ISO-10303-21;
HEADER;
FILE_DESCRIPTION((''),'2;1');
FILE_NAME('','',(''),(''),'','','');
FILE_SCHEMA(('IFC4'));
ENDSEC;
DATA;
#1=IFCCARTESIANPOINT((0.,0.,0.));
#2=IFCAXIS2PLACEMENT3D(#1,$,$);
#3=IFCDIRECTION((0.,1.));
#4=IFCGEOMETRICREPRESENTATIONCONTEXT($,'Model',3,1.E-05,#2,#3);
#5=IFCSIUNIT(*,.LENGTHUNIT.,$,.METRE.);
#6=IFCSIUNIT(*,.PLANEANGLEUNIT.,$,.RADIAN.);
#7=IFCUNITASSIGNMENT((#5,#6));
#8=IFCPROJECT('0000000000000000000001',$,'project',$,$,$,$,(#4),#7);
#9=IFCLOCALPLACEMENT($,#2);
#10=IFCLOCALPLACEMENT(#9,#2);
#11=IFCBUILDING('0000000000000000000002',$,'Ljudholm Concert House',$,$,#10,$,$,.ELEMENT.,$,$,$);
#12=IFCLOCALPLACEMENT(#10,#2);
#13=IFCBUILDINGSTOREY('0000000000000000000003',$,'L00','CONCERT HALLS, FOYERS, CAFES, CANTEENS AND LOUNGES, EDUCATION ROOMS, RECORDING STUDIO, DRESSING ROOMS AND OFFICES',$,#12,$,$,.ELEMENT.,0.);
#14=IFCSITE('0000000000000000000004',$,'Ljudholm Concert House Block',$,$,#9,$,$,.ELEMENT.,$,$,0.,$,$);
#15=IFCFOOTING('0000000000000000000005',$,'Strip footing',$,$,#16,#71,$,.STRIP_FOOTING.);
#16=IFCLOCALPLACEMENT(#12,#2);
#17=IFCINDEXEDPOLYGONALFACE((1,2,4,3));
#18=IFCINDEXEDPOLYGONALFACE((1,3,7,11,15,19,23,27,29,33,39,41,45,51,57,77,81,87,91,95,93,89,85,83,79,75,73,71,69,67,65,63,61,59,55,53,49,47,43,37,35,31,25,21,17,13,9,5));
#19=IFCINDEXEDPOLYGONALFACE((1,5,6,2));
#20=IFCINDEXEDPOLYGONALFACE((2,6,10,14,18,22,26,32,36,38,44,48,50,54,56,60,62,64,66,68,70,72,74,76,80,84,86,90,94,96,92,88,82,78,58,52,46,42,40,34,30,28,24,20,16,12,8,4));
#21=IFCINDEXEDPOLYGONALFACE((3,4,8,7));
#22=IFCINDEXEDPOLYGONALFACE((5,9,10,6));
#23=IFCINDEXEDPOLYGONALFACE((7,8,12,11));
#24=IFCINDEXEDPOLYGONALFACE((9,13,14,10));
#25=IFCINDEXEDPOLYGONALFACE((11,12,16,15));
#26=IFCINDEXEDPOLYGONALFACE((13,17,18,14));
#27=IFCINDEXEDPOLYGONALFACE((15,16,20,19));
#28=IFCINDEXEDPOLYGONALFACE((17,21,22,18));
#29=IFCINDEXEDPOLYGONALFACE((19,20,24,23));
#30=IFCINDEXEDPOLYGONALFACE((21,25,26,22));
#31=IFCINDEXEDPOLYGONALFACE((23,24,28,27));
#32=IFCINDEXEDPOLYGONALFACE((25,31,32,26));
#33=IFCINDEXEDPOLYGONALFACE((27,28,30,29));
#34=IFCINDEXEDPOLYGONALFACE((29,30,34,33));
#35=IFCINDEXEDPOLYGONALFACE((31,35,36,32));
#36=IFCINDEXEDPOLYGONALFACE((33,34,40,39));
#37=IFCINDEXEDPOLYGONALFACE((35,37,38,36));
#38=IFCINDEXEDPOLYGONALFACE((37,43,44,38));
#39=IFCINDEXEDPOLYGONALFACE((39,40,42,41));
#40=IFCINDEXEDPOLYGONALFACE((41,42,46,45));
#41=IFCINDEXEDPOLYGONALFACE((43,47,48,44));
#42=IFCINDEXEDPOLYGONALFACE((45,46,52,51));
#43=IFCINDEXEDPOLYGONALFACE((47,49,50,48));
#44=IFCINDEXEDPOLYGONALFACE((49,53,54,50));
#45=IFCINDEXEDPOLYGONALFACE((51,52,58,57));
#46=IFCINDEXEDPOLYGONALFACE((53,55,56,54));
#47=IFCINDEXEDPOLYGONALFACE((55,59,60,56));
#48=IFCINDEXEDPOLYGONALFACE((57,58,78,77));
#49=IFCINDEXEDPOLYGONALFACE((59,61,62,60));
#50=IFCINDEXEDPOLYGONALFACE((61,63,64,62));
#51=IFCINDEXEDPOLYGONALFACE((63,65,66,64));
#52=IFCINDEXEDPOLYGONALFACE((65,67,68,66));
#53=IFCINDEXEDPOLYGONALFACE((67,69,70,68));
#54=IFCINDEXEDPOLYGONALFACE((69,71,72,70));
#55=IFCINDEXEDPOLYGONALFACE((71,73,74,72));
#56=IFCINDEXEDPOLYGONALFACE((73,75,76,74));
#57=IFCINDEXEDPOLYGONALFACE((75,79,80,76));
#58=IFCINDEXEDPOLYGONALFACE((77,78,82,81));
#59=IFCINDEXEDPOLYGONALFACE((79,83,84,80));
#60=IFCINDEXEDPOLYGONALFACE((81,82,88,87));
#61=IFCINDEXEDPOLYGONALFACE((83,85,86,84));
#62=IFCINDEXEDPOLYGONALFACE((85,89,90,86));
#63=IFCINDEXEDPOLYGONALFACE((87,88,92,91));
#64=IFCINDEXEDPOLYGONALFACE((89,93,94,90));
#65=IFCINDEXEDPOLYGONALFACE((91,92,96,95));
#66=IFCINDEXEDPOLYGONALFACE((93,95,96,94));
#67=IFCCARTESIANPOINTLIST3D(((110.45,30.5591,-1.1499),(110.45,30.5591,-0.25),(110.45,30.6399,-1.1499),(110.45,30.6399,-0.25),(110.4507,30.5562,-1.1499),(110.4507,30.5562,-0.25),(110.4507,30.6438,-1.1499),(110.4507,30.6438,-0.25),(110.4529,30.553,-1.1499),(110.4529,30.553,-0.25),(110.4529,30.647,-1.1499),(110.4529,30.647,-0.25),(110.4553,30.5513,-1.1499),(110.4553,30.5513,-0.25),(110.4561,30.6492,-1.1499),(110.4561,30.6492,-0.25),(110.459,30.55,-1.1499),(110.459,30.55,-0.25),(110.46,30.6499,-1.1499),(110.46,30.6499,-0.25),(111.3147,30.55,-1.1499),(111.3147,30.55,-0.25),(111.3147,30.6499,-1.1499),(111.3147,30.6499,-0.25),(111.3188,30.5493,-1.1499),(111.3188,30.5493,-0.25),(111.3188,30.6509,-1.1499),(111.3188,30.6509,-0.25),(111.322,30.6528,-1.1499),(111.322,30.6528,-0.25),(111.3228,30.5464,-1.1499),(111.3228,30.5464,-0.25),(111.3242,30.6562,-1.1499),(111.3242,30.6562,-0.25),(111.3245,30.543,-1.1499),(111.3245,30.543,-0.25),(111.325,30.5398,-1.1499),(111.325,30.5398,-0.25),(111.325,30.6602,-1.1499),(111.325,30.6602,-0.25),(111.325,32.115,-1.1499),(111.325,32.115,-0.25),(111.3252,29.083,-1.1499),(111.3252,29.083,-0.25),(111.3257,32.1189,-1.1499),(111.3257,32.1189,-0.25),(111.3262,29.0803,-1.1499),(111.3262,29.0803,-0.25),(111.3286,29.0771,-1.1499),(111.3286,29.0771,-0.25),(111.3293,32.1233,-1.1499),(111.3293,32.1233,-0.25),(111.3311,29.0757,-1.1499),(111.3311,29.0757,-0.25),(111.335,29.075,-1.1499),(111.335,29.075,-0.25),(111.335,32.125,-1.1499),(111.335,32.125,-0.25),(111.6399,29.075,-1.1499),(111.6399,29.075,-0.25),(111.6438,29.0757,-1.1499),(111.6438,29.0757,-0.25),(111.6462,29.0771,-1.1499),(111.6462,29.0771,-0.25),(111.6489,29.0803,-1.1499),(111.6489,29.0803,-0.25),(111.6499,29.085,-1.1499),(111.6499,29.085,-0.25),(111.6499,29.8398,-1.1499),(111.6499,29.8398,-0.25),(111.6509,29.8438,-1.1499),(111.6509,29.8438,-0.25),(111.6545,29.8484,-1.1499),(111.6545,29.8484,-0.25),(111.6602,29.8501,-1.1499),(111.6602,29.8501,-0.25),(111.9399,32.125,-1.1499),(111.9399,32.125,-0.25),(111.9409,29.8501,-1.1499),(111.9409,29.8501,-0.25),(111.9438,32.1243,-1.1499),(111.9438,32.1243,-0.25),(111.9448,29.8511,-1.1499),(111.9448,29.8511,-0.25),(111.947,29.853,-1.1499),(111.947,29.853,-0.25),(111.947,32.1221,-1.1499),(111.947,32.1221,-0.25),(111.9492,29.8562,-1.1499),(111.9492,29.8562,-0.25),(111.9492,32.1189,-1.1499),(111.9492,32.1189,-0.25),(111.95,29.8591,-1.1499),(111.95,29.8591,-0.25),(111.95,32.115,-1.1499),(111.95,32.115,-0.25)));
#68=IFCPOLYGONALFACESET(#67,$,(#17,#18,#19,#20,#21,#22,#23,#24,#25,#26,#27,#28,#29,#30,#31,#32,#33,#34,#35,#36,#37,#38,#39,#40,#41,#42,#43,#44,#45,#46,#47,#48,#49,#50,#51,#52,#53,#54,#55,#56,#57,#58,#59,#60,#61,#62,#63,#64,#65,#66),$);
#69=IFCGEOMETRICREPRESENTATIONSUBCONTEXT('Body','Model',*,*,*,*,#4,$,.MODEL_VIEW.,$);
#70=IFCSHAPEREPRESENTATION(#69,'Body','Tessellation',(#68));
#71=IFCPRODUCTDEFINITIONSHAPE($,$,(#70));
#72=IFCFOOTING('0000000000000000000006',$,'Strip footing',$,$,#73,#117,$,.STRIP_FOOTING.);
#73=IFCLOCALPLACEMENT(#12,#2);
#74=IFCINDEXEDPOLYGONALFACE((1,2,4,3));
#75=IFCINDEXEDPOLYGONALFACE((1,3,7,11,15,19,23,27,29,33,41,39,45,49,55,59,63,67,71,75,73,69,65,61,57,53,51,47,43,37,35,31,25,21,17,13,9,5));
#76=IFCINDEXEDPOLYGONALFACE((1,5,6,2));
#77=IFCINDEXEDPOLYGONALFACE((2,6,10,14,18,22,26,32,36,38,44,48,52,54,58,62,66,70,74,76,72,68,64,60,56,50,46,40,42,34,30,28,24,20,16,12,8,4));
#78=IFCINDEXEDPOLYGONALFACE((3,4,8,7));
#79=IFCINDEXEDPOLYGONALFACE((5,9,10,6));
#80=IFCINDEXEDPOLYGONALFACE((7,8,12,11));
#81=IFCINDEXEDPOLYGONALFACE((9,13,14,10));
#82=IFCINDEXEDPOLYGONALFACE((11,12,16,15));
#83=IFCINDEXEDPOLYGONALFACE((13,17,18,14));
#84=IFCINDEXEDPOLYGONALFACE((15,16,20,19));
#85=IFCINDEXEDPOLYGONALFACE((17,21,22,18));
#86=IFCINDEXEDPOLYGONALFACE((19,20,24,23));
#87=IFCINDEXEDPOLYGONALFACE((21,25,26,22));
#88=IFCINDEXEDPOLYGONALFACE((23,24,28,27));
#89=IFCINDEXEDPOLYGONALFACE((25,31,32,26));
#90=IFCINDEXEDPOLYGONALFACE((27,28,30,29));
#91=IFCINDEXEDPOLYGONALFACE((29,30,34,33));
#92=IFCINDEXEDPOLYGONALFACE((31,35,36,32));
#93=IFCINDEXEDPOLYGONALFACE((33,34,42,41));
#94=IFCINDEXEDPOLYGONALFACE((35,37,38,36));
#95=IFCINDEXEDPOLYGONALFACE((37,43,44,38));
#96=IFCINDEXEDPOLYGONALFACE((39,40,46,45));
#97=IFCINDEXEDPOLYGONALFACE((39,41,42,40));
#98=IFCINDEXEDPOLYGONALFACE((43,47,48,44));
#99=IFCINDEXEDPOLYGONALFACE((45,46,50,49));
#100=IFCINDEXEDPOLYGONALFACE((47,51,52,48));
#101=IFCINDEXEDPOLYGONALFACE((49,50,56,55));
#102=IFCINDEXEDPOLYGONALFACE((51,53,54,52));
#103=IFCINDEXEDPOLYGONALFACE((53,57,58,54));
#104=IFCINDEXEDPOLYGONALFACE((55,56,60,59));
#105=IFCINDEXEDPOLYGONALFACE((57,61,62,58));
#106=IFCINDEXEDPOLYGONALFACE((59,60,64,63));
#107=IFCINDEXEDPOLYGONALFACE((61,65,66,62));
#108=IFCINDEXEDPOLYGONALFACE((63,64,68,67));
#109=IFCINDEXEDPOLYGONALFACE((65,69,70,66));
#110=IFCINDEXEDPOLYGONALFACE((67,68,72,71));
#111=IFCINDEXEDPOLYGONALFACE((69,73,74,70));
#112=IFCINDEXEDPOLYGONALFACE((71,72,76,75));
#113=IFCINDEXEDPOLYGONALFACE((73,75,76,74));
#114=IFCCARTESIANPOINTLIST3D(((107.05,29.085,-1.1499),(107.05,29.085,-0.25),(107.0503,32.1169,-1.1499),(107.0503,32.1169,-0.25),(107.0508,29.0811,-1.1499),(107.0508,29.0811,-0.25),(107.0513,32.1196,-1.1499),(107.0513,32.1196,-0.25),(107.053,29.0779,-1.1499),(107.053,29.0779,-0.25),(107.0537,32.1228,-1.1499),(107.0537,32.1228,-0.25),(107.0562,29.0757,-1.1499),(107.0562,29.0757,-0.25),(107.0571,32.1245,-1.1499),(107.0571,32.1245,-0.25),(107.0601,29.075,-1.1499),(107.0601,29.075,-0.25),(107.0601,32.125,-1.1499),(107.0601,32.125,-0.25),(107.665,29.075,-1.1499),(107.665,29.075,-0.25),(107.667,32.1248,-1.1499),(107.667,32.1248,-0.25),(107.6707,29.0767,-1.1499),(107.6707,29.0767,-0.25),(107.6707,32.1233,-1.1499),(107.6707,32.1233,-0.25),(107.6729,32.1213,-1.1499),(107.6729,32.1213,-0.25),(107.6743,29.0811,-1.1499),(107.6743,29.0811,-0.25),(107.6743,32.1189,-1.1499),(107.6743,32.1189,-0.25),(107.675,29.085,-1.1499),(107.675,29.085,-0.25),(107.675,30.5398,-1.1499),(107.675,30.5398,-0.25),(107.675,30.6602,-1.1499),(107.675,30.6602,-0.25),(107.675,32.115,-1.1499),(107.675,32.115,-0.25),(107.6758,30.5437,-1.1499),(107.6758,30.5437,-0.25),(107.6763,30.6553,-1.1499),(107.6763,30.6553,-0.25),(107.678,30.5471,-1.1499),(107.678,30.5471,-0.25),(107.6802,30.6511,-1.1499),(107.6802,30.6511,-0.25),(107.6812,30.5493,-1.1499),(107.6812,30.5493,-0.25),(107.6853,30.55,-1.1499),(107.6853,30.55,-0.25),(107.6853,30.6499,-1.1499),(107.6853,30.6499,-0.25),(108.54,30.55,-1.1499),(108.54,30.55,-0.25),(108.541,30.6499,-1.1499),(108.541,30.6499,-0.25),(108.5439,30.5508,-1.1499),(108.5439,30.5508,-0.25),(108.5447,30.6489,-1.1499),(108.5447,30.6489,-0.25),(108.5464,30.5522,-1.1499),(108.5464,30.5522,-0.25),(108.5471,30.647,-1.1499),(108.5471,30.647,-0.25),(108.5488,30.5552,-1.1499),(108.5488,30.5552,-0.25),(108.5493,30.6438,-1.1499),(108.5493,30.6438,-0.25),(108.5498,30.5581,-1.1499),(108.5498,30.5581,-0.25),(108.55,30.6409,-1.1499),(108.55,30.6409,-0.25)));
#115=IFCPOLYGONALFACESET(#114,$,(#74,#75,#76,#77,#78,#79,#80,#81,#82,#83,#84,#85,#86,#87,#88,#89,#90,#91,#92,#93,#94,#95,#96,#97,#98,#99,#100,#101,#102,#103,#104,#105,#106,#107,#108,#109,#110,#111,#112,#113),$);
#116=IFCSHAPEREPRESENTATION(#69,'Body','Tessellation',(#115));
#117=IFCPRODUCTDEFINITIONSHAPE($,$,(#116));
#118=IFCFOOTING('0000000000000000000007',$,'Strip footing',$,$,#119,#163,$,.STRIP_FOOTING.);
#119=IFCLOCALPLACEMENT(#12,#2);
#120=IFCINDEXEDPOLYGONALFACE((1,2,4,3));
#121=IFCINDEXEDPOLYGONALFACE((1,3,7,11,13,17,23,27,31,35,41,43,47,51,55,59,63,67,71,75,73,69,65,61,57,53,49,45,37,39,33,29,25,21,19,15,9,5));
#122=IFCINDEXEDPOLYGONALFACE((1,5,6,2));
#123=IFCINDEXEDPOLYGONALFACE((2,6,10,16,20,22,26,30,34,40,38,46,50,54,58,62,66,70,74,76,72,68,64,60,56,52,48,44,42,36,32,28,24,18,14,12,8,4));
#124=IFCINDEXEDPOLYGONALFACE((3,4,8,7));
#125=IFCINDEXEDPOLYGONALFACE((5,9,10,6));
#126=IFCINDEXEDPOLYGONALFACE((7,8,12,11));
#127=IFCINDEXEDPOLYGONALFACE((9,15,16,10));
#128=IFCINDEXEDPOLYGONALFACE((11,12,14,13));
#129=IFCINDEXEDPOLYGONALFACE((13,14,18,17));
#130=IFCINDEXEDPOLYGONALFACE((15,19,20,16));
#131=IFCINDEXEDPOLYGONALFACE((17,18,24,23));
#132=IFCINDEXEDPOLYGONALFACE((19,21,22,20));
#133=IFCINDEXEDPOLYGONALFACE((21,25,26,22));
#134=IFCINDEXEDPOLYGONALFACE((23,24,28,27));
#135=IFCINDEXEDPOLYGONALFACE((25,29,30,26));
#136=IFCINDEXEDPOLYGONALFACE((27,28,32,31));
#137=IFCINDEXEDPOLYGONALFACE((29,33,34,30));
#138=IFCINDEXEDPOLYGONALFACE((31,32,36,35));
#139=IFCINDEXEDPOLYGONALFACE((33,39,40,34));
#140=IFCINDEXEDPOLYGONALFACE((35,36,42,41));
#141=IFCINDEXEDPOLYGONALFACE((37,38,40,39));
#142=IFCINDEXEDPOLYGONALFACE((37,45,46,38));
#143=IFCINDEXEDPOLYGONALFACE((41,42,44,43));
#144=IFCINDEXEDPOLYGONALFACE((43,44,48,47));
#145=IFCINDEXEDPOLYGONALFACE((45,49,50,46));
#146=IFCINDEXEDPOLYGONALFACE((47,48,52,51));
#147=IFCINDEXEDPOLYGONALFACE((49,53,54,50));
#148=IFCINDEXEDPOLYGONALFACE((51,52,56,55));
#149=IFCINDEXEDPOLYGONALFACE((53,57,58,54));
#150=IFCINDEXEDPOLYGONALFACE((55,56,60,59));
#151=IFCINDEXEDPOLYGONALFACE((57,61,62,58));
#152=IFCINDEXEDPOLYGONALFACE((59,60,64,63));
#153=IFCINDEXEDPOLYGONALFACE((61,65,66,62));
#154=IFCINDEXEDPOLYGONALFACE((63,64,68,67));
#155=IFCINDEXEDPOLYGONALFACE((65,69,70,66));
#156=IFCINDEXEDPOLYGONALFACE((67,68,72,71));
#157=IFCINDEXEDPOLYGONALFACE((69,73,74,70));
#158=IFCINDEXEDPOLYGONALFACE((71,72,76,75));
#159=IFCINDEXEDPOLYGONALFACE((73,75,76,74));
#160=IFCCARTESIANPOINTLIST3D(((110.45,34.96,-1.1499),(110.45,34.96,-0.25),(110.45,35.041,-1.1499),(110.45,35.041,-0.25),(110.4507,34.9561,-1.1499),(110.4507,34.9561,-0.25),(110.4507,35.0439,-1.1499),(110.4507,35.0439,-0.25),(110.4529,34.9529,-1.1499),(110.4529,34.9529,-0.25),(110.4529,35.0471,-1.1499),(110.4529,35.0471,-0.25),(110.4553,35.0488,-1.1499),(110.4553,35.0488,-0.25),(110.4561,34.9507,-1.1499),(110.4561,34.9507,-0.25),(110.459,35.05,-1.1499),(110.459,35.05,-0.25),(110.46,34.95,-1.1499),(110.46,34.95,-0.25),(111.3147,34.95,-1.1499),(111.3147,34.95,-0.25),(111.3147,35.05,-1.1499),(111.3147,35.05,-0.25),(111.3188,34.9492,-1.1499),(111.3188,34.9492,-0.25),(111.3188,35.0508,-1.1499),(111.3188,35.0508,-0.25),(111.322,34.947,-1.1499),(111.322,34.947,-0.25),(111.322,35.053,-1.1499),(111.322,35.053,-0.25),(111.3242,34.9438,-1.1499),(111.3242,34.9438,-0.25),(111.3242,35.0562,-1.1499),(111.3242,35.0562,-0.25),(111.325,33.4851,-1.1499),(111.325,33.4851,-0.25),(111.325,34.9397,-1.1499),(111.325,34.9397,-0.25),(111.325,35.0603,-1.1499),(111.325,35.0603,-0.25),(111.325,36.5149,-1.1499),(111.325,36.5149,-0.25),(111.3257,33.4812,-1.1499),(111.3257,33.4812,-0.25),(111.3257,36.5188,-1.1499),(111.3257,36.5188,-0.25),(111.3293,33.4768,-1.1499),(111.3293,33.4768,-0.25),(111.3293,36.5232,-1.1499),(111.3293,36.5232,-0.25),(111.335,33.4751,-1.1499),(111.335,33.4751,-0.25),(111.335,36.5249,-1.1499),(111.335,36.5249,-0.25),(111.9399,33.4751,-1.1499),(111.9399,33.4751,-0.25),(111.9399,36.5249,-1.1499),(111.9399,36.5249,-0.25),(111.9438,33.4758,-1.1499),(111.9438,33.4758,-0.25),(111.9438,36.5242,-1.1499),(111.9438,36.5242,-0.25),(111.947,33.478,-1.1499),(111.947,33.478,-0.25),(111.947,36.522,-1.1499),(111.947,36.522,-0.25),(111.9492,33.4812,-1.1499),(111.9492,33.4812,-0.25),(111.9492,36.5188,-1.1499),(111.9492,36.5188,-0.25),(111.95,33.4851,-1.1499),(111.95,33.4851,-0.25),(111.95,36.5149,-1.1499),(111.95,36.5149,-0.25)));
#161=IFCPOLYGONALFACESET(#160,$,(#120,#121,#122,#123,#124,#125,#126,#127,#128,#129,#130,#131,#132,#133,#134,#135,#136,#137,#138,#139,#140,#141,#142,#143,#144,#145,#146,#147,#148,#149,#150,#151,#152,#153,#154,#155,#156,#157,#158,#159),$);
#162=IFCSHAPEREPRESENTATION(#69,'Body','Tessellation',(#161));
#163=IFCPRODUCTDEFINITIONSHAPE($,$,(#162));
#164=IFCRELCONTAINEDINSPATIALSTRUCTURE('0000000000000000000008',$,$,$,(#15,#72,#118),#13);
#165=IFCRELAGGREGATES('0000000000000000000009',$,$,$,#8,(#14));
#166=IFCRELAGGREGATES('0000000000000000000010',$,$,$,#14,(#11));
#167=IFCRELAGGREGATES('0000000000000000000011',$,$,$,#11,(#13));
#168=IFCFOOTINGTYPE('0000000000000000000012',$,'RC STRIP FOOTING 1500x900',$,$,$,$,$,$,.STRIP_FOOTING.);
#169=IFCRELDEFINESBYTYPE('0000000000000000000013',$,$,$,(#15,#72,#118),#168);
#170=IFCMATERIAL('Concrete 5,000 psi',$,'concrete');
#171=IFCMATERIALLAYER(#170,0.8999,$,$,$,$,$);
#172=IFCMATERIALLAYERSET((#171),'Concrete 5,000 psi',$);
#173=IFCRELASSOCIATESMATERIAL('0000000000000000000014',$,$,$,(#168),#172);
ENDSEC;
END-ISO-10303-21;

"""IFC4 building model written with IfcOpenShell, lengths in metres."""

from ifc_helpers import new_model, si_unit, direction, frame, origin, place, context, subcontext, project, spatial, polyline, outline, extrude, material, layer, layer_set, type_object, element, save


model = new_model("IFC4")

# Units and contexts
model_context = context("Model", 3, precision=1e-05, world=origin(), true_north=direction((0.0, 1.0)))
body_context = subcontext(model_context, "Body", "Model", "MODEL_VIEW")
ifc_project = project(units=[si_unit("LENGTHUNIT", "METRE"), si_unit("PLANEANGLEUNIT", "RADIAN")], contexts=[model_context])

# Site, building, storey
site_placement = place(None, origin())
site = spatial("IfcSite", under=ifc_project, at=site_placement, Name="Ljudholm Concert House Block", CompositionType="ELEMENT", RefElevation=0.0)
building_placement = place(site_placement, origin())
building = spatial("IfcBuilding", under=site, at=building_placement, Name="Ljudholm Concert House", CompositionType="ELEMENT")
storey_placement = place(building_placement, origin())
storey = spatial("IfcBuildingStorey", under=building, at=storey_placement, Name="L00", Description="CONCERT HALLS, FOYERS, CAFES, CANTEENS AND LOUNGES, EDUCATION ROOMS, RECORDING STUDIO, DRESSING ROOMS AND OFFICES", CompositionType="ELEMENT", Elevation=0.0)

# Footings
ifc_material_1 = material(Name="Concrete 5,000 psi", Category="concrete")
ifc_layer_1 = layer(ifc_material_1, 0.8999)
ifc_layer_set_1 = layer_set([ifc_layer_1], Name="Concrete 5,000 psi")
footing_type_1 = type_object("IfcFootingType", Name="RC STRIP FOOTING 1500x900", PredefinedType="STRIP_FOOTING", material=ifc_layer_set_1)
footing_1_placement = place(storey_placement, frame((0.0, 0.0, -1.1499)))
element("IfcFooting", 1, at=footing_1_placement, inside=storey, type_object=footing_type_1, Name="Strip footing", PredefinedType="STRIP_FOOTING", context=body_context, shape_type="SweptSolid", body=[
    extrude(outline(polyline([(110.45, 30.6399), (110.45, 30.5591), (110.4507, 30.5562), (110.4529, 30.553), (110.4553, 30.5513), (110.459, 30.55), (111.3147, 30.55), (111.3188, 30.5493), (111.3228, 30.5464), (111.3245, 30.543), (111.325, 30.5398), (111.3252, 29.083), (111.3262, 29.0803), (111.3286, 29.0771), (111.3311, 29.0757), (111.335, 29.075), (111.6399, 29.075), (111.6438, 29.0757), (111.6462, 29.0771), (111.6489, 29.0803), (111.6499, 29.085), (111.6499, 29.8398), (111.6509, 29.8438), (111.6545, 29.8484), (111.6602, 29.8501), (111.9409, 29.8501), (111.9448, 29.8511), (111.947, 29.853), (111.9492, 29.8562), (111.95, 29.8591), (111.95, 32.115), (111.9492, 32.1189), (111.947, 32.1221), (111.9438, 32.1243), (111.9399, 32.125), (111.335, 32.125), (111.3293, 32.1233), (111.3257, 32.1189), (111.325, 32.115), (111.325, 30.6602), (111.3242, 30.6562), (111.322, 30.6528), (111.3188, 30.6509), (111.3147, 30.6499), (110.46, 30.6499), (110.4561, 30.6492), (110.4529, 30.647), (110.4507, 30.6438), (110.45, 30.6399)])), origin(), (0.0, 0.0, 1.0), 0.8999),
])
footing_2_placement = place(storey_placement, frame((0.0, 0.0, -1.1499)))
element("IfcFooting", 2, at=footing_2_placement, inside=storey, type_object=footing_type_1, Name="Strip footing", PredefinedType="STRIP_FOOTING", context=body_context, shape_type="SweptSolid", body=[
    extrude(outline(polyline([(107.0601, 29.075), (107.665, 29.075), (107.6707, 29.0767), (107.6743, 29.0811), (107.675, 29.085), (107.675, 30.5398), (107.6758, 30.5437), (107.678, 30.5471), (107.6812, 30.5493), (107.6853, 30.55), (108.54, 30.55), (108.5439, 30.5508), (108.5464, 30.5522), (108.5488, 30.5552), (108.5498, 30.5581), (108.55, 30.6409), (108.5493, 30.6438), (108.5471, 30.647), (108.5447, 30.6489), (108.541, 30.6499), (107.6853, 30.6499), (107.6802, 30.6511), (107.6763, 30.6553), (107.675, 30.6602), (107.675, 32.115), (107.6743, 32.1189), (107.6729, 32.1213), (107.6707, 32.1233), (107.667, 32.1248), (107.0601, 32.125), (107.0571, 32.1245), (107.0537, 32.1228), (107.0513, 32.1196), (107.0503, 32.1169), (107.05, 29.085), (107.0508, 29.0811), (107.053, 29.0779), (107.0562, 29.0757), (107.0601, 29.075)])), origin(), (0.0, 0.0, 1.0), 0.8999),
])
footing_3_placement = place(storey_placement, frame((0.0, 0.0, -1.1499)))
element("IfcFooting", 3, at=footing_3_placement, inside=storey, type_object=footing_type_1, Name="Strip footing", PredefinedType="STRIP_FOOTING", context=body_context, shape_type="SweptSolid", body=[
    extrude(outline(polyline([(110.46, 34.95), (111.3147, 34.95), (111.3188, 34.9492), (111.322, 34.947), (111.3242, 34.9438), (111.325, 34.9397), (111.325, 33.4851), (111.3257, 33.4812), (111.3293, 33.4768), (111.335, 33.4751), (111.9399, 33.4751), (111.9438, 33.4758), (111.947, 33.478), (111.9492, 33.4812), (111.95, 33.4851), (111.95, 36.5149), (111.9492, 36.5188), (111.947, 36.522), (111.9438, 36.5242), (111.9399, 36.5249), (111.335, 36.5249), (111.3293, 36.5232), (111.3257, 36.5188), (111.325, 36.5149), (111.325, 35.0603), (111.3242, 35.0562), (111.322, 35.053), (111.3188, 35.0508), (111.3147, 35.05), (110.459, 35.05), (110.4553, 35.0488), (110.4529, 35.0471), (110.4507, 35.0439), (110.45, 35.041), (110.45, 34.96), (110.4507, 34.9561), (110.4529, 34.9529), (110.4561, 34.9507), (110.46, 34.95)])), origin(), (0.0, 0.0, 1.0), 0.8999),
])

save(model, "model.ifc")
